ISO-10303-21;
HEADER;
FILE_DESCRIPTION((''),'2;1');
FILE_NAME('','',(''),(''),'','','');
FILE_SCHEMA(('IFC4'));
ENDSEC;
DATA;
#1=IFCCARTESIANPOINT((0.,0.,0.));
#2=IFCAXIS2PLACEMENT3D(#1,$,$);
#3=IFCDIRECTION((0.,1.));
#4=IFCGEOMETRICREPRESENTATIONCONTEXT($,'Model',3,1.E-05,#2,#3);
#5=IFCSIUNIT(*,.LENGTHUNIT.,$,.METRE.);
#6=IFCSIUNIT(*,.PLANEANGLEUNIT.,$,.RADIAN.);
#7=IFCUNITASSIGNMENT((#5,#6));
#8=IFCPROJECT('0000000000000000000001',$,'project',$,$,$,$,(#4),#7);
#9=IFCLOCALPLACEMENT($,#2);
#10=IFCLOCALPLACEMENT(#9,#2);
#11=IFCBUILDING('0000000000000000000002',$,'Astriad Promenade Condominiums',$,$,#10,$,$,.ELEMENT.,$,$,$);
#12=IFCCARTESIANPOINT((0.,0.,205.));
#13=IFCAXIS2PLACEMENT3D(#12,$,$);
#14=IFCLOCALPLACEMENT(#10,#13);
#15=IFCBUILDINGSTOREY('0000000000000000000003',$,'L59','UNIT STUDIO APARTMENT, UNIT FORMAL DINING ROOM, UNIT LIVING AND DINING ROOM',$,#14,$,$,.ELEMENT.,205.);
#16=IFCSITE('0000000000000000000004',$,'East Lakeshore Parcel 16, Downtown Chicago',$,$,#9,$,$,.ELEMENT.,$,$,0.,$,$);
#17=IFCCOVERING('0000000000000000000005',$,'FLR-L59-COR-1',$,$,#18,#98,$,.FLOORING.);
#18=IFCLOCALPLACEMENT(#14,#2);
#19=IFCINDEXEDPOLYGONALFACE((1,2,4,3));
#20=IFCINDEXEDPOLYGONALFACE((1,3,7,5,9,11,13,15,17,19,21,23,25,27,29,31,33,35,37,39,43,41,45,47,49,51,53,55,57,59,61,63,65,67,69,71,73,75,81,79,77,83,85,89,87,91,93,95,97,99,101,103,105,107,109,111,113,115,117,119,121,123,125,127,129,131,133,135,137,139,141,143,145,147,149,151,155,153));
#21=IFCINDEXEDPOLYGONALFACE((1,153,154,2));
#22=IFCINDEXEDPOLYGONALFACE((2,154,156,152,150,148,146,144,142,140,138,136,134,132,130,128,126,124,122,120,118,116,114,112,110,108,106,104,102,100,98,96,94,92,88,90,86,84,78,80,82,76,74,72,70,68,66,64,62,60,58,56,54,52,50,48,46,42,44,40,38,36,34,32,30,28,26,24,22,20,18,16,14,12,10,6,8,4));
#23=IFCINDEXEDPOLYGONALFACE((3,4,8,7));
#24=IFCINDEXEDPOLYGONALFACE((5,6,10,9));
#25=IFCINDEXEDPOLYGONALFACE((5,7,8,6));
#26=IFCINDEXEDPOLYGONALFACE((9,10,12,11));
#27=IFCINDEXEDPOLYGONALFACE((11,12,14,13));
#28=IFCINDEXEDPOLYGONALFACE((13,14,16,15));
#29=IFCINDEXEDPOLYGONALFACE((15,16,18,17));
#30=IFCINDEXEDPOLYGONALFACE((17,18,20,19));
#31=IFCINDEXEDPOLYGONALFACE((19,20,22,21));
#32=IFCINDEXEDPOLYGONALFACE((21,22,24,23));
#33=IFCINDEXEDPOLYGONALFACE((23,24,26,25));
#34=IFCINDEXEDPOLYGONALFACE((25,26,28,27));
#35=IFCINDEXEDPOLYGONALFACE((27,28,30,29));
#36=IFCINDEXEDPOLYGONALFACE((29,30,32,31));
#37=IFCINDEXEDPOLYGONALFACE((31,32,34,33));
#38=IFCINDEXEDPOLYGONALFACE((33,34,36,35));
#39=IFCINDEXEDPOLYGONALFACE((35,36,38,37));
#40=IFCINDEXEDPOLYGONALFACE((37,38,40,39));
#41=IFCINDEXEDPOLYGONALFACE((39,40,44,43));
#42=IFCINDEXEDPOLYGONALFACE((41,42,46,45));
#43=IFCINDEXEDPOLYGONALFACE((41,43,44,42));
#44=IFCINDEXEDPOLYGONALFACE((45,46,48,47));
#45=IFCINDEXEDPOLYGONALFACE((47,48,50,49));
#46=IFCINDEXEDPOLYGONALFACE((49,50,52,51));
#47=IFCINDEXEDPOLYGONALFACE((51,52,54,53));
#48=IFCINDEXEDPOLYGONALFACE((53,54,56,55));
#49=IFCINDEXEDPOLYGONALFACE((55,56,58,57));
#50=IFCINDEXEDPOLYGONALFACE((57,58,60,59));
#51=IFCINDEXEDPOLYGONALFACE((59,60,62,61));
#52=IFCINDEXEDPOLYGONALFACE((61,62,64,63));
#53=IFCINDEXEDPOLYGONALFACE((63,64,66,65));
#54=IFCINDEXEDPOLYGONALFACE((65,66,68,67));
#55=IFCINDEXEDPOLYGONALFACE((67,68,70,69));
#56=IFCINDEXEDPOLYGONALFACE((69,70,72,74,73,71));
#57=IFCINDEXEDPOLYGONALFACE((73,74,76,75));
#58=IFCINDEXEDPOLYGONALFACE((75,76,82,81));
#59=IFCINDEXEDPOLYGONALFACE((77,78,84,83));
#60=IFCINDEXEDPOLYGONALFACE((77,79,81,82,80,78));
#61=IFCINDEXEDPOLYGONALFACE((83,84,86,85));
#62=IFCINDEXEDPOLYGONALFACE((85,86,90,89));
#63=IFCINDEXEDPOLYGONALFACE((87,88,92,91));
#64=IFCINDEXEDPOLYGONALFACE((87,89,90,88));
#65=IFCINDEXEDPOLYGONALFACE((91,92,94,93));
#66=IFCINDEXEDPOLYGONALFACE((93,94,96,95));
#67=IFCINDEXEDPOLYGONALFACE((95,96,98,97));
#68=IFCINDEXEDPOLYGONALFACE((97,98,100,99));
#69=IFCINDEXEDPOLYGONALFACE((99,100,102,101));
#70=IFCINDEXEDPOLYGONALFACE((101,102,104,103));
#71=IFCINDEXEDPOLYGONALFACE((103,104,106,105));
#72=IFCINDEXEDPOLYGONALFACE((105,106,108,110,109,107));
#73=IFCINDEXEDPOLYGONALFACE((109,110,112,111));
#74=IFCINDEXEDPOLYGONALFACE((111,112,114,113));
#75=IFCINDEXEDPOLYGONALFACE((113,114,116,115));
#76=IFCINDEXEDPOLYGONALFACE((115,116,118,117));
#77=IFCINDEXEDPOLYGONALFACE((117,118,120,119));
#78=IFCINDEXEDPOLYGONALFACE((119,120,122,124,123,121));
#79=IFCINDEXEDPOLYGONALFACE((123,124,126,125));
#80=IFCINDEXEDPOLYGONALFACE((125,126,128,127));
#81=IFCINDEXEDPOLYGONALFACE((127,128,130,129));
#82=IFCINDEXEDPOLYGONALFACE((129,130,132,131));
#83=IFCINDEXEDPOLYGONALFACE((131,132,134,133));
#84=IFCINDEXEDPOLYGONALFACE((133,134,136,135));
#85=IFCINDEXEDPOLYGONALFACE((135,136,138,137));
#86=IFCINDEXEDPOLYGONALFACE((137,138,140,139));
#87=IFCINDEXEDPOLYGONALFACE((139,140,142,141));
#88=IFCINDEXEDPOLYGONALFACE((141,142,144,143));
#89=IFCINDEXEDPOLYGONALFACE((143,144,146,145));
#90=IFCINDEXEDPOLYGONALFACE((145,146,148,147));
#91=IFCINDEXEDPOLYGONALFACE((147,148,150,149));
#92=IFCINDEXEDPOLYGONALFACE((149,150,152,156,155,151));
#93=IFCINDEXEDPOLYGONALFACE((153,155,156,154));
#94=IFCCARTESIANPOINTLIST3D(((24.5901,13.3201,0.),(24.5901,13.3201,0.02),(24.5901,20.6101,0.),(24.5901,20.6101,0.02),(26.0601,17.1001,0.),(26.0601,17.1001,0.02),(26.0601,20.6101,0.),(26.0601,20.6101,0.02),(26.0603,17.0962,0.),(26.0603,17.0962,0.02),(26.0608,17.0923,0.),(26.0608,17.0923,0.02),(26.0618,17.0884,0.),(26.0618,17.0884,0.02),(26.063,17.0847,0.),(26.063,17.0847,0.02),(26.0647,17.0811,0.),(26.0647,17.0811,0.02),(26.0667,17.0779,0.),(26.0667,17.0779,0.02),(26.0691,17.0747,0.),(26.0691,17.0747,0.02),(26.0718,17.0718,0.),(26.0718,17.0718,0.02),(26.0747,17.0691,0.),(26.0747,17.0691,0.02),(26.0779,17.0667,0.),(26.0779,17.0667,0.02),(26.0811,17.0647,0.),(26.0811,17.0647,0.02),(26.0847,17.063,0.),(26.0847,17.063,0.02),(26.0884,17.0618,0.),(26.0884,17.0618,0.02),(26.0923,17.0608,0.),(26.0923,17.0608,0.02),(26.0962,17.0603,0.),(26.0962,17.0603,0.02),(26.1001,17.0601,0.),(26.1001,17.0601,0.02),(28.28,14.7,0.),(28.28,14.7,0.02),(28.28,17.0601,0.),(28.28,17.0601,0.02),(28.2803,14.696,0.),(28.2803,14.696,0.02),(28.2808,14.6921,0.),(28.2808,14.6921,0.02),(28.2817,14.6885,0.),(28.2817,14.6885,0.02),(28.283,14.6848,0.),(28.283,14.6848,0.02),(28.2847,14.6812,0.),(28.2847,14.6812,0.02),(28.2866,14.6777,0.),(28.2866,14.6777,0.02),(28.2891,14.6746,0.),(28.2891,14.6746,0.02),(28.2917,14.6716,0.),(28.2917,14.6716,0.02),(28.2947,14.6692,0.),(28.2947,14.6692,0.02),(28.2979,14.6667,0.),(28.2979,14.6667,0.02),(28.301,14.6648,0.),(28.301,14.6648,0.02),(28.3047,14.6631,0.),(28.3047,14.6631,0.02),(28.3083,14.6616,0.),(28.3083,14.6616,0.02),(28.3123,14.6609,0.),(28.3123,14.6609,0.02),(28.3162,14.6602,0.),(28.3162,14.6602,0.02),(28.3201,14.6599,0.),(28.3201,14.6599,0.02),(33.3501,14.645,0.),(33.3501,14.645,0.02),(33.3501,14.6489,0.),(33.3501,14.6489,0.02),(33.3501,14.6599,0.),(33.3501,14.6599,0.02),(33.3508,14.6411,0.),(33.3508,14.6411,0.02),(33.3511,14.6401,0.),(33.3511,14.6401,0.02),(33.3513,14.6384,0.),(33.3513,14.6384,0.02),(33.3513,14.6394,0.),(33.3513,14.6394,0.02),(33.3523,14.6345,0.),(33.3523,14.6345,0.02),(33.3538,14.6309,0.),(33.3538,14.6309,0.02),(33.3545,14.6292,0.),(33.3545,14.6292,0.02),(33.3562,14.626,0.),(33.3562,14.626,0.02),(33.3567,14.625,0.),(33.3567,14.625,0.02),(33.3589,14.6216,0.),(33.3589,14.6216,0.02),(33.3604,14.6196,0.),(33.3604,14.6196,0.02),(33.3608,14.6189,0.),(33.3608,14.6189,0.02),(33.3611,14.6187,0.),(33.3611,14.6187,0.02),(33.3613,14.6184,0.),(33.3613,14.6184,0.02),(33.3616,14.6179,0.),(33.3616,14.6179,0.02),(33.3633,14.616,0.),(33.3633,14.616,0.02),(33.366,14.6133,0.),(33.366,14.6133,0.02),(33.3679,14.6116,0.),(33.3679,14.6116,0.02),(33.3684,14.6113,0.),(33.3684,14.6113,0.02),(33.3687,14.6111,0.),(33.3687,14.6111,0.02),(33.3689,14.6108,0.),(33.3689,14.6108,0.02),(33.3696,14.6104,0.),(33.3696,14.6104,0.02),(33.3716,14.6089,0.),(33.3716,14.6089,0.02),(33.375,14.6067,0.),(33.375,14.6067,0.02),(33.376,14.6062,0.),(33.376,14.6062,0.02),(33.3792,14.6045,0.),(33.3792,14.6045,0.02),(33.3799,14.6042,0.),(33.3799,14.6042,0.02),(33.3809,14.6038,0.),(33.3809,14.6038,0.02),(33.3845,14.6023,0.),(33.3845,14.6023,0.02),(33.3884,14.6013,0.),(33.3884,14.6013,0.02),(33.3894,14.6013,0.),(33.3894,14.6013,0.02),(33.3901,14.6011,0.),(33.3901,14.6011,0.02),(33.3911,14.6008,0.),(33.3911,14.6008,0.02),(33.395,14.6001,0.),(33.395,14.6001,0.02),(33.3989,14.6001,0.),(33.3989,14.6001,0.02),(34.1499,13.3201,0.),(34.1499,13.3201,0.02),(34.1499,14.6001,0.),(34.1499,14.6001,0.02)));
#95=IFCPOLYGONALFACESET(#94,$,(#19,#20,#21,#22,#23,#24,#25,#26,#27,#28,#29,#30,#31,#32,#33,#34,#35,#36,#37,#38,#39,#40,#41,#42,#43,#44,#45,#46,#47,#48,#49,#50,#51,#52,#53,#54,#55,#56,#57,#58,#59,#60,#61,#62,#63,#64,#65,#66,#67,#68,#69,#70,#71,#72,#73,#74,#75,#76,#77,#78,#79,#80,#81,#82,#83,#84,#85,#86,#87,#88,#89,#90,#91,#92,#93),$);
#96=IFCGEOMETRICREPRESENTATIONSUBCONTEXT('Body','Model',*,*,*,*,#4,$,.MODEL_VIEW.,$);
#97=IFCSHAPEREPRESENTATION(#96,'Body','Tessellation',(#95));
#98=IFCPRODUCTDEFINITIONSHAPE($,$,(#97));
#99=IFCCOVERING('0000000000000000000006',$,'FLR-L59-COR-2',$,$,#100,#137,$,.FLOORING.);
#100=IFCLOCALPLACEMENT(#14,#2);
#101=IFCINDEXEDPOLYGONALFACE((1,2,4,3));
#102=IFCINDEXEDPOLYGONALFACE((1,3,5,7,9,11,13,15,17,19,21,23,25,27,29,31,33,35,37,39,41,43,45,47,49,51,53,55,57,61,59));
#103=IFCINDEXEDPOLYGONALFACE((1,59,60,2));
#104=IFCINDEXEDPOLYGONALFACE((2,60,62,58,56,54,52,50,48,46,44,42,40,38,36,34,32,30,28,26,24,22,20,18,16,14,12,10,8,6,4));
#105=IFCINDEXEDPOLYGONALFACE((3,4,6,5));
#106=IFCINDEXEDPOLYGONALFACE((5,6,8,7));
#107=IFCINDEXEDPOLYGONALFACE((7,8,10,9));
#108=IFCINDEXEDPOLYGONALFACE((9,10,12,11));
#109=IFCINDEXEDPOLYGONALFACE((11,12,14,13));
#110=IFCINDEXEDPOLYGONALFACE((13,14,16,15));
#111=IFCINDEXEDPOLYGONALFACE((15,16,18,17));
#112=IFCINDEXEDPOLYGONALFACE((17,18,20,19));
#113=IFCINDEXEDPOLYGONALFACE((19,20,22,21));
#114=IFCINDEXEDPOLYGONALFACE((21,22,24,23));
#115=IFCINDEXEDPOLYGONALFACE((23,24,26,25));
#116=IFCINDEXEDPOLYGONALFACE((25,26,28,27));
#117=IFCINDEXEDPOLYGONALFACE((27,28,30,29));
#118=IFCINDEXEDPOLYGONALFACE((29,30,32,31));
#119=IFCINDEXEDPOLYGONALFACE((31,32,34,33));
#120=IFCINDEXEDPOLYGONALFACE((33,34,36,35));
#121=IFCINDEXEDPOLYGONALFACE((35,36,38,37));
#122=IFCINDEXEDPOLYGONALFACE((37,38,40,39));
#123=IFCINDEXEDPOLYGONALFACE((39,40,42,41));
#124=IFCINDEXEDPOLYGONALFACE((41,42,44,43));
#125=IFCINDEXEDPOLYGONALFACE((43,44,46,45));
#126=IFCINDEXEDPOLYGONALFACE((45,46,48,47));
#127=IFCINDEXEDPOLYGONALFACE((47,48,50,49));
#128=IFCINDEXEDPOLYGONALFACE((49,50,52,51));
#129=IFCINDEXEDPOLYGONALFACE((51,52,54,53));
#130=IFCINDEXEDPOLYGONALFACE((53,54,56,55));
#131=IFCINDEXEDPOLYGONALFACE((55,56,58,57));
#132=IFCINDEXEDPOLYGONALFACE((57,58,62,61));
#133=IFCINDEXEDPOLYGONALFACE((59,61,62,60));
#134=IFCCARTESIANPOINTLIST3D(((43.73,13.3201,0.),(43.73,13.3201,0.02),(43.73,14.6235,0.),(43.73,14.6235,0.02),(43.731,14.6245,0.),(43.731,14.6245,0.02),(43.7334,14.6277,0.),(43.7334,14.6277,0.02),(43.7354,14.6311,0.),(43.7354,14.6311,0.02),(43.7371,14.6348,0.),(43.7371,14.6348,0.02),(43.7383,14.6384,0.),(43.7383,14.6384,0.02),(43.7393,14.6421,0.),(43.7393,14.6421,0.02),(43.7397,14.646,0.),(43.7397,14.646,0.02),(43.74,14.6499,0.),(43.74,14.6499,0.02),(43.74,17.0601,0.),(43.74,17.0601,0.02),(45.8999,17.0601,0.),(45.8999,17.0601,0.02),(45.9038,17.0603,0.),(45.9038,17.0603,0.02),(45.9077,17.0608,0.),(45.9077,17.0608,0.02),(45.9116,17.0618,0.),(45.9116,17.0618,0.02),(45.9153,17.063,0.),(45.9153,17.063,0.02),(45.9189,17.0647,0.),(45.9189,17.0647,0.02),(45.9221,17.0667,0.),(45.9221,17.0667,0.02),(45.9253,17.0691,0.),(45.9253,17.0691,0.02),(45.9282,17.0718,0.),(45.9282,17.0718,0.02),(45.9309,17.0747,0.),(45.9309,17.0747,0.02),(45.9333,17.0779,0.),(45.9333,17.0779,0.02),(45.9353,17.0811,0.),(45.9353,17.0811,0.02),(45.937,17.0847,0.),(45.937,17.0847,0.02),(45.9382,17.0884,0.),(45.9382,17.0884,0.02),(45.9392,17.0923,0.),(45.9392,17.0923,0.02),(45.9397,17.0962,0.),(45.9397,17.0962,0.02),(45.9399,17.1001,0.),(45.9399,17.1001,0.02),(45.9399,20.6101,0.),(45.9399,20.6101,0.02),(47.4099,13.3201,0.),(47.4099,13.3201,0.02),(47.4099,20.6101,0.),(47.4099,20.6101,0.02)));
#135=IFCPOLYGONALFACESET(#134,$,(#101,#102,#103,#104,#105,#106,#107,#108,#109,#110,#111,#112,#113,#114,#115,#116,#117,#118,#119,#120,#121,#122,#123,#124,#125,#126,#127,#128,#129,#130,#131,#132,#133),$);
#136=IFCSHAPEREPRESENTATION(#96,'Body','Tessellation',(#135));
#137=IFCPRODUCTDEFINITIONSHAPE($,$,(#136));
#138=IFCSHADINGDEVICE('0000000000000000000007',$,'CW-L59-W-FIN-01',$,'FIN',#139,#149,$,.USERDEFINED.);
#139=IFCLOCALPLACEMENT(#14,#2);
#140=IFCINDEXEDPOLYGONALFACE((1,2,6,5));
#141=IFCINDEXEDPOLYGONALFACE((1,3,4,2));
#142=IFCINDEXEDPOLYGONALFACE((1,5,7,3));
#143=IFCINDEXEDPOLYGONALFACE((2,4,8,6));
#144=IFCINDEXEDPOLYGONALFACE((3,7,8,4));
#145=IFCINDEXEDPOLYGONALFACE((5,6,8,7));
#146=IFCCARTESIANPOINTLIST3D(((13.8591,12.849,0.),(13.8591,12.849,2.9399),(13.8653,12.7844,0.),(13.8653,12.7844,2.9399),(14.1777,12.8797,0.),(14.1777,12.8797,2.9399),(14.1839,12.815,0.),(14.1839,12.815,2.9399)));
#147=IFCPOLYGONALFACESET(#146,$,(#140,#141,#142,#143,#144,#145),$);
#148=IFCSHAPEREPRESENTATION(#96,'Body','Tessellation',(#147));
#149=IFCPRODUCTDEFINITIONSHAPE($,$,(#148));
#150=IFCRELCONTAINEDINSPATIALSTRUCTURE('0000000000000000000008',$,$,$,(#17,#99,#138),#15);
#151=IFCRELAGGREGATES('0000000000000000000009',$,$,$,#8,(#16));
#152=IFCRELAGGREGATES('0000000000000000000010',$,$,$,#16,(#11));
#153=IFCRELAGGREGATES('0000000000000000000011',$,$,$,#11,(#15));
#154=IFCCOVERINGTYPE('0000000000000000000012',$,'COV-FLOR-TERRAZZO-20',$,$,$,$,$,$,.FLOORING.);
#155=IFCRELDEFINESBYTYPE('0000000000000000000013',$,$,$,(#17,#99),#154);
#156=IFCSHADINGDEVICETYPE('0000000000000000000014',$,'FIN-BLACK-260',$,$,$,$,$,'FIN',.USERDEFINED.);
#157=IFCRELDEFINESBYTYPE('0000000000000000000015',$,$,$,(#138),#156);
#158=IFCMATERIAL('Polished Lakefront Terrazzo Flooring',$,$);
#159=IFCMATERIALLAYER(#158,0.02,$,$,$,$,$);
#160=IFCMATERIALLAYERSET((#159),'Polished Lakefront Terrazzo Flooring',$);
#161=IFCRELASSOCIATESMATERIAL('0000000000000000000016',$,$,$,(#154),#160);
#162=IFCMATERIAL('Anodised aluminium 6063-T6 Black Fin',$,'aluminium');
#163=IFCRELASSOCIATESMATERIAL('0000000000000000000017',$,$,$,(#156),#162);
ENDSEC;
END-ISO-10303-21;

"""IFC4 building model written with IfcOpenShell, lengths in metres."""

from ifc_helpers import new_model, si_unit, direction, frame, origin, origin_2d, place, context, subcontext, project, spatial, polyline, rectangle, outline, extrude, source, transform, mapped, material, layer, layer_set, type_object, type_shapes, element, save


model = new_model("IFC4")

# Units and contexts
model_context = context("Model", 3, precision=1e-05, world=origin(), true_north=direction((0.0, 1.0)))
body_context = subcontext(model_context, "Body", "Model", "MODEL_VIEW")
ifc_project = project(units=[si_unit("LENGTHUNIT", "METRE"), si_unit("PLANEANGLEUNIT", "RADIAN")], contexts=[model_context])

# Site, building, storey
site_placement = place(None, origin())
site = spatial("IfcSite", under=ifc_project, at=site_placement, Name="East Lakeshore Parcel 16, Downtown Chicago", CompositionType="ELEMENT", RefElevation=0.0)
building_placement = place(site_placement, origin())
building = spatial("IfcBuilding", under=site, at=building_placement, Name="Astriad Promenade Condominiums", CompositionType="ELEMENT")
storey_placement = place(building_placement, frame((0.0, 0.0, 205.0)))
storey = spatial("IfcBuildingStorey", under=building, at=storey_placement, Name="L59", Description="UNIT STUDIO APARTMENT, UNIT FORMAL DINING ROOM, UNIT LIVING AND DINING ROOM", CompositionType="ELEMENT", Elevation=205.0)

# Coverings
ifc_material_1 = material(Name="Polished Lakefront Terrazzo Flooring")
ifc_layer_1 = layer(ifc_material_1, 0.02)
ifc_layer_set_1 = layer_set([ifc_layer_1], Name="Polished Lakefront Terrazzo Flooring")
covering_type = type_object("IfcCoveringType", Name="COV-FLOR-TERRAZZO-20", PredefinedType="FLOORING", material=ifc_layer_set_1)
covering_1_placement = place(storey_placement, origin())
element("IfcCovering", 1, at=covering_1_placement, inside=storey, type_object=covering_type, Name="FLR-L59-COR-1", PredefinedType="FLOORING", context=body_context, shape_type="SweptSolid", body=[
    extrude(outline(polyline([(24.5901, 20.6101), (26.0601, 20.6101), (26.0601, 17.1001), (26.0603, 17.0962), (26.0608, 17.0923), (26.0618, 17.0884), (26.063, 17.0847), (26.0647, 17.0811), (26.0667, 17.0779), (26.0691, 17.0747), (26.0718, 17.0718), (26.0747, 17.0691), (26.0779, 17.0667), (26.0811, 17.0647), (26.0847, 17.063), (26.0884, 17.0618), (26.0923, 17.0608), (26.0962, 17.0603), (26.1001, 17.0601), (28.28, 17.0601), (28.28, 14.7), (28.2803, 14.696), (28.2808, 14.6921), (28.2817, 14.6885), (28.283, 14.6848), (28.2847, 14.6812), (28.2866, 14.6777), (28.2891, 14.6746), (28.2917, 14.6716), (28.2947, 14.6692), (28.2979, 14.6667), (28.301, 14.6648), (28.3047, 14.6631), (28.3083, 14.6616), (28.3123, 14.6609), (28.3162, 14.6602), (28.3201, 14.6599), (33.3501, 14.6599), (33.3501, 14.6489), (33.3501, 14.645), (33.3508, 14.6411), (33.3511, 14.6401), (33.3513, 14.6394), (33.3513, 14.6384), (33.3523, 14.6345), (33.3538, 14.6309), (33.3545, 14.6292), (33.3562, 14.626), (33.3567, 14.625), (33.3589, 14.6216), (33.3604, 14.6196), (33.3608, 14.6189), (33.3611, 14.6187), (33.3613, 14.6184), (33.3616, 14.6179), (33.3633, 14.616), (33.366, 14.6133), (33.3679, 14.6116), (33.3684, 14.6113), (33.3687, 14.6111), (33.3689, 14.6108), (33.3696, 14.6104), (33.3716, 14.6089), (33.375, 14.6067), (33.376, 14.6062), (33.3792, 14.6045), (33.3799, 14.6042), (33.3809, 14.6038), (33.3845, 14.6023), (33.3884, 14.6013), (33.3894, 14.6013), (33.3901, 14.6011), (33.3911, 14.6008), (33.395, 14.6001), (33.3989, 14.6001), (34.1499, 14.6001), (34.1499, 13.3201), (24.5901, 13.3201), (24.5901, 20.6101)])), origin(), (0.0, 0.0, 1.0), 0.02),
])
covering_2_placement = place(storey_placement, origin())
element("IfcCovering", 2, at=covering_2_placement, inside=storey, type_object=covering_type, Name="FLR-L59-COR-2", PredefinedType="FLOORING", context=body_context, shape_type="SweptSolid", body=[
    extrude(outline(polyline([(43.73, 14.6235), (43.731, 14.6245), (43.7334, 14.6277), (43.7354, 14.6311), (43.7371, 14.6348), (43.7383, 14.6384), (43.7393, 14.6421), (43.7397, 14.646), (43.74, 14.6499), (43.74, 17.0601), (45.8999, 17.0601), (45.9038, 17.0603), (45.9077, 17.0608), (45.9116, 17.0618), (45.9153, 17.063), (45.9189, 17.0647), (45.9221, 17.0667), (45.9253, 17.0691), (45.9282, 17.0718), (45.9309, 17.0747), (45.9333, 17.0779), (45.9353, 17.0811), (45.937, 17.0847), (45.9382, 17.0884), (45.9392, 17.0923), (45.9397, 17.0962), (45.9399, 17.1001), (45.9399, 20.6101), (47.4099, 20.6101), (47.4099, 13.3201), (43.73, 13.3201), (43.73, 14.6235)])), origin(), (0.0, 0.0, 1.0), 0.02),
])

# Shading device
ifc_material_2 = material(Name="Anodised aluminium 6063-T6 Black Fin", Category="aluminium")
shading_device_type = type_object("IfcShadingDeviceType", Name="FIN-BLACK-260", ElementType="FIN", PredefinedType="USERDEFINED", material=ifc_material_2)
shared_shape_1 = source(origin(), body_context, "Body", "SweptSolid", [
    extrude(rectangle(XDim=0.0649, YDim=0.3201, at=origin_2d()), origin(), (0.0, 0.0, 1.0), 2.9399),
])
type_shapes(shading_device_type, [shared_shape_1])
shading_device_placement = place(storey_placement, frame((14.0215, 12.832, 0.0), z_axis=(0.0, 0.0, 1.0), x_axis=(-0.095846, 0.995396, 0.0)))
element("IfcShadingDevice", 3, at=shading_device_placement, inside=storey, type_object=shading_device_type, Name="CW-L59-W-FIN-01", ObjectType="FIN", PredefinedType="USERDEFINED", context=body_context, shape_type="MappedRepresentation", body=[
    mapped(shared_shape_1, transform((0.0, 0.0, 0.0), scale=1.0)),
])

save(model, "model.ifc")
